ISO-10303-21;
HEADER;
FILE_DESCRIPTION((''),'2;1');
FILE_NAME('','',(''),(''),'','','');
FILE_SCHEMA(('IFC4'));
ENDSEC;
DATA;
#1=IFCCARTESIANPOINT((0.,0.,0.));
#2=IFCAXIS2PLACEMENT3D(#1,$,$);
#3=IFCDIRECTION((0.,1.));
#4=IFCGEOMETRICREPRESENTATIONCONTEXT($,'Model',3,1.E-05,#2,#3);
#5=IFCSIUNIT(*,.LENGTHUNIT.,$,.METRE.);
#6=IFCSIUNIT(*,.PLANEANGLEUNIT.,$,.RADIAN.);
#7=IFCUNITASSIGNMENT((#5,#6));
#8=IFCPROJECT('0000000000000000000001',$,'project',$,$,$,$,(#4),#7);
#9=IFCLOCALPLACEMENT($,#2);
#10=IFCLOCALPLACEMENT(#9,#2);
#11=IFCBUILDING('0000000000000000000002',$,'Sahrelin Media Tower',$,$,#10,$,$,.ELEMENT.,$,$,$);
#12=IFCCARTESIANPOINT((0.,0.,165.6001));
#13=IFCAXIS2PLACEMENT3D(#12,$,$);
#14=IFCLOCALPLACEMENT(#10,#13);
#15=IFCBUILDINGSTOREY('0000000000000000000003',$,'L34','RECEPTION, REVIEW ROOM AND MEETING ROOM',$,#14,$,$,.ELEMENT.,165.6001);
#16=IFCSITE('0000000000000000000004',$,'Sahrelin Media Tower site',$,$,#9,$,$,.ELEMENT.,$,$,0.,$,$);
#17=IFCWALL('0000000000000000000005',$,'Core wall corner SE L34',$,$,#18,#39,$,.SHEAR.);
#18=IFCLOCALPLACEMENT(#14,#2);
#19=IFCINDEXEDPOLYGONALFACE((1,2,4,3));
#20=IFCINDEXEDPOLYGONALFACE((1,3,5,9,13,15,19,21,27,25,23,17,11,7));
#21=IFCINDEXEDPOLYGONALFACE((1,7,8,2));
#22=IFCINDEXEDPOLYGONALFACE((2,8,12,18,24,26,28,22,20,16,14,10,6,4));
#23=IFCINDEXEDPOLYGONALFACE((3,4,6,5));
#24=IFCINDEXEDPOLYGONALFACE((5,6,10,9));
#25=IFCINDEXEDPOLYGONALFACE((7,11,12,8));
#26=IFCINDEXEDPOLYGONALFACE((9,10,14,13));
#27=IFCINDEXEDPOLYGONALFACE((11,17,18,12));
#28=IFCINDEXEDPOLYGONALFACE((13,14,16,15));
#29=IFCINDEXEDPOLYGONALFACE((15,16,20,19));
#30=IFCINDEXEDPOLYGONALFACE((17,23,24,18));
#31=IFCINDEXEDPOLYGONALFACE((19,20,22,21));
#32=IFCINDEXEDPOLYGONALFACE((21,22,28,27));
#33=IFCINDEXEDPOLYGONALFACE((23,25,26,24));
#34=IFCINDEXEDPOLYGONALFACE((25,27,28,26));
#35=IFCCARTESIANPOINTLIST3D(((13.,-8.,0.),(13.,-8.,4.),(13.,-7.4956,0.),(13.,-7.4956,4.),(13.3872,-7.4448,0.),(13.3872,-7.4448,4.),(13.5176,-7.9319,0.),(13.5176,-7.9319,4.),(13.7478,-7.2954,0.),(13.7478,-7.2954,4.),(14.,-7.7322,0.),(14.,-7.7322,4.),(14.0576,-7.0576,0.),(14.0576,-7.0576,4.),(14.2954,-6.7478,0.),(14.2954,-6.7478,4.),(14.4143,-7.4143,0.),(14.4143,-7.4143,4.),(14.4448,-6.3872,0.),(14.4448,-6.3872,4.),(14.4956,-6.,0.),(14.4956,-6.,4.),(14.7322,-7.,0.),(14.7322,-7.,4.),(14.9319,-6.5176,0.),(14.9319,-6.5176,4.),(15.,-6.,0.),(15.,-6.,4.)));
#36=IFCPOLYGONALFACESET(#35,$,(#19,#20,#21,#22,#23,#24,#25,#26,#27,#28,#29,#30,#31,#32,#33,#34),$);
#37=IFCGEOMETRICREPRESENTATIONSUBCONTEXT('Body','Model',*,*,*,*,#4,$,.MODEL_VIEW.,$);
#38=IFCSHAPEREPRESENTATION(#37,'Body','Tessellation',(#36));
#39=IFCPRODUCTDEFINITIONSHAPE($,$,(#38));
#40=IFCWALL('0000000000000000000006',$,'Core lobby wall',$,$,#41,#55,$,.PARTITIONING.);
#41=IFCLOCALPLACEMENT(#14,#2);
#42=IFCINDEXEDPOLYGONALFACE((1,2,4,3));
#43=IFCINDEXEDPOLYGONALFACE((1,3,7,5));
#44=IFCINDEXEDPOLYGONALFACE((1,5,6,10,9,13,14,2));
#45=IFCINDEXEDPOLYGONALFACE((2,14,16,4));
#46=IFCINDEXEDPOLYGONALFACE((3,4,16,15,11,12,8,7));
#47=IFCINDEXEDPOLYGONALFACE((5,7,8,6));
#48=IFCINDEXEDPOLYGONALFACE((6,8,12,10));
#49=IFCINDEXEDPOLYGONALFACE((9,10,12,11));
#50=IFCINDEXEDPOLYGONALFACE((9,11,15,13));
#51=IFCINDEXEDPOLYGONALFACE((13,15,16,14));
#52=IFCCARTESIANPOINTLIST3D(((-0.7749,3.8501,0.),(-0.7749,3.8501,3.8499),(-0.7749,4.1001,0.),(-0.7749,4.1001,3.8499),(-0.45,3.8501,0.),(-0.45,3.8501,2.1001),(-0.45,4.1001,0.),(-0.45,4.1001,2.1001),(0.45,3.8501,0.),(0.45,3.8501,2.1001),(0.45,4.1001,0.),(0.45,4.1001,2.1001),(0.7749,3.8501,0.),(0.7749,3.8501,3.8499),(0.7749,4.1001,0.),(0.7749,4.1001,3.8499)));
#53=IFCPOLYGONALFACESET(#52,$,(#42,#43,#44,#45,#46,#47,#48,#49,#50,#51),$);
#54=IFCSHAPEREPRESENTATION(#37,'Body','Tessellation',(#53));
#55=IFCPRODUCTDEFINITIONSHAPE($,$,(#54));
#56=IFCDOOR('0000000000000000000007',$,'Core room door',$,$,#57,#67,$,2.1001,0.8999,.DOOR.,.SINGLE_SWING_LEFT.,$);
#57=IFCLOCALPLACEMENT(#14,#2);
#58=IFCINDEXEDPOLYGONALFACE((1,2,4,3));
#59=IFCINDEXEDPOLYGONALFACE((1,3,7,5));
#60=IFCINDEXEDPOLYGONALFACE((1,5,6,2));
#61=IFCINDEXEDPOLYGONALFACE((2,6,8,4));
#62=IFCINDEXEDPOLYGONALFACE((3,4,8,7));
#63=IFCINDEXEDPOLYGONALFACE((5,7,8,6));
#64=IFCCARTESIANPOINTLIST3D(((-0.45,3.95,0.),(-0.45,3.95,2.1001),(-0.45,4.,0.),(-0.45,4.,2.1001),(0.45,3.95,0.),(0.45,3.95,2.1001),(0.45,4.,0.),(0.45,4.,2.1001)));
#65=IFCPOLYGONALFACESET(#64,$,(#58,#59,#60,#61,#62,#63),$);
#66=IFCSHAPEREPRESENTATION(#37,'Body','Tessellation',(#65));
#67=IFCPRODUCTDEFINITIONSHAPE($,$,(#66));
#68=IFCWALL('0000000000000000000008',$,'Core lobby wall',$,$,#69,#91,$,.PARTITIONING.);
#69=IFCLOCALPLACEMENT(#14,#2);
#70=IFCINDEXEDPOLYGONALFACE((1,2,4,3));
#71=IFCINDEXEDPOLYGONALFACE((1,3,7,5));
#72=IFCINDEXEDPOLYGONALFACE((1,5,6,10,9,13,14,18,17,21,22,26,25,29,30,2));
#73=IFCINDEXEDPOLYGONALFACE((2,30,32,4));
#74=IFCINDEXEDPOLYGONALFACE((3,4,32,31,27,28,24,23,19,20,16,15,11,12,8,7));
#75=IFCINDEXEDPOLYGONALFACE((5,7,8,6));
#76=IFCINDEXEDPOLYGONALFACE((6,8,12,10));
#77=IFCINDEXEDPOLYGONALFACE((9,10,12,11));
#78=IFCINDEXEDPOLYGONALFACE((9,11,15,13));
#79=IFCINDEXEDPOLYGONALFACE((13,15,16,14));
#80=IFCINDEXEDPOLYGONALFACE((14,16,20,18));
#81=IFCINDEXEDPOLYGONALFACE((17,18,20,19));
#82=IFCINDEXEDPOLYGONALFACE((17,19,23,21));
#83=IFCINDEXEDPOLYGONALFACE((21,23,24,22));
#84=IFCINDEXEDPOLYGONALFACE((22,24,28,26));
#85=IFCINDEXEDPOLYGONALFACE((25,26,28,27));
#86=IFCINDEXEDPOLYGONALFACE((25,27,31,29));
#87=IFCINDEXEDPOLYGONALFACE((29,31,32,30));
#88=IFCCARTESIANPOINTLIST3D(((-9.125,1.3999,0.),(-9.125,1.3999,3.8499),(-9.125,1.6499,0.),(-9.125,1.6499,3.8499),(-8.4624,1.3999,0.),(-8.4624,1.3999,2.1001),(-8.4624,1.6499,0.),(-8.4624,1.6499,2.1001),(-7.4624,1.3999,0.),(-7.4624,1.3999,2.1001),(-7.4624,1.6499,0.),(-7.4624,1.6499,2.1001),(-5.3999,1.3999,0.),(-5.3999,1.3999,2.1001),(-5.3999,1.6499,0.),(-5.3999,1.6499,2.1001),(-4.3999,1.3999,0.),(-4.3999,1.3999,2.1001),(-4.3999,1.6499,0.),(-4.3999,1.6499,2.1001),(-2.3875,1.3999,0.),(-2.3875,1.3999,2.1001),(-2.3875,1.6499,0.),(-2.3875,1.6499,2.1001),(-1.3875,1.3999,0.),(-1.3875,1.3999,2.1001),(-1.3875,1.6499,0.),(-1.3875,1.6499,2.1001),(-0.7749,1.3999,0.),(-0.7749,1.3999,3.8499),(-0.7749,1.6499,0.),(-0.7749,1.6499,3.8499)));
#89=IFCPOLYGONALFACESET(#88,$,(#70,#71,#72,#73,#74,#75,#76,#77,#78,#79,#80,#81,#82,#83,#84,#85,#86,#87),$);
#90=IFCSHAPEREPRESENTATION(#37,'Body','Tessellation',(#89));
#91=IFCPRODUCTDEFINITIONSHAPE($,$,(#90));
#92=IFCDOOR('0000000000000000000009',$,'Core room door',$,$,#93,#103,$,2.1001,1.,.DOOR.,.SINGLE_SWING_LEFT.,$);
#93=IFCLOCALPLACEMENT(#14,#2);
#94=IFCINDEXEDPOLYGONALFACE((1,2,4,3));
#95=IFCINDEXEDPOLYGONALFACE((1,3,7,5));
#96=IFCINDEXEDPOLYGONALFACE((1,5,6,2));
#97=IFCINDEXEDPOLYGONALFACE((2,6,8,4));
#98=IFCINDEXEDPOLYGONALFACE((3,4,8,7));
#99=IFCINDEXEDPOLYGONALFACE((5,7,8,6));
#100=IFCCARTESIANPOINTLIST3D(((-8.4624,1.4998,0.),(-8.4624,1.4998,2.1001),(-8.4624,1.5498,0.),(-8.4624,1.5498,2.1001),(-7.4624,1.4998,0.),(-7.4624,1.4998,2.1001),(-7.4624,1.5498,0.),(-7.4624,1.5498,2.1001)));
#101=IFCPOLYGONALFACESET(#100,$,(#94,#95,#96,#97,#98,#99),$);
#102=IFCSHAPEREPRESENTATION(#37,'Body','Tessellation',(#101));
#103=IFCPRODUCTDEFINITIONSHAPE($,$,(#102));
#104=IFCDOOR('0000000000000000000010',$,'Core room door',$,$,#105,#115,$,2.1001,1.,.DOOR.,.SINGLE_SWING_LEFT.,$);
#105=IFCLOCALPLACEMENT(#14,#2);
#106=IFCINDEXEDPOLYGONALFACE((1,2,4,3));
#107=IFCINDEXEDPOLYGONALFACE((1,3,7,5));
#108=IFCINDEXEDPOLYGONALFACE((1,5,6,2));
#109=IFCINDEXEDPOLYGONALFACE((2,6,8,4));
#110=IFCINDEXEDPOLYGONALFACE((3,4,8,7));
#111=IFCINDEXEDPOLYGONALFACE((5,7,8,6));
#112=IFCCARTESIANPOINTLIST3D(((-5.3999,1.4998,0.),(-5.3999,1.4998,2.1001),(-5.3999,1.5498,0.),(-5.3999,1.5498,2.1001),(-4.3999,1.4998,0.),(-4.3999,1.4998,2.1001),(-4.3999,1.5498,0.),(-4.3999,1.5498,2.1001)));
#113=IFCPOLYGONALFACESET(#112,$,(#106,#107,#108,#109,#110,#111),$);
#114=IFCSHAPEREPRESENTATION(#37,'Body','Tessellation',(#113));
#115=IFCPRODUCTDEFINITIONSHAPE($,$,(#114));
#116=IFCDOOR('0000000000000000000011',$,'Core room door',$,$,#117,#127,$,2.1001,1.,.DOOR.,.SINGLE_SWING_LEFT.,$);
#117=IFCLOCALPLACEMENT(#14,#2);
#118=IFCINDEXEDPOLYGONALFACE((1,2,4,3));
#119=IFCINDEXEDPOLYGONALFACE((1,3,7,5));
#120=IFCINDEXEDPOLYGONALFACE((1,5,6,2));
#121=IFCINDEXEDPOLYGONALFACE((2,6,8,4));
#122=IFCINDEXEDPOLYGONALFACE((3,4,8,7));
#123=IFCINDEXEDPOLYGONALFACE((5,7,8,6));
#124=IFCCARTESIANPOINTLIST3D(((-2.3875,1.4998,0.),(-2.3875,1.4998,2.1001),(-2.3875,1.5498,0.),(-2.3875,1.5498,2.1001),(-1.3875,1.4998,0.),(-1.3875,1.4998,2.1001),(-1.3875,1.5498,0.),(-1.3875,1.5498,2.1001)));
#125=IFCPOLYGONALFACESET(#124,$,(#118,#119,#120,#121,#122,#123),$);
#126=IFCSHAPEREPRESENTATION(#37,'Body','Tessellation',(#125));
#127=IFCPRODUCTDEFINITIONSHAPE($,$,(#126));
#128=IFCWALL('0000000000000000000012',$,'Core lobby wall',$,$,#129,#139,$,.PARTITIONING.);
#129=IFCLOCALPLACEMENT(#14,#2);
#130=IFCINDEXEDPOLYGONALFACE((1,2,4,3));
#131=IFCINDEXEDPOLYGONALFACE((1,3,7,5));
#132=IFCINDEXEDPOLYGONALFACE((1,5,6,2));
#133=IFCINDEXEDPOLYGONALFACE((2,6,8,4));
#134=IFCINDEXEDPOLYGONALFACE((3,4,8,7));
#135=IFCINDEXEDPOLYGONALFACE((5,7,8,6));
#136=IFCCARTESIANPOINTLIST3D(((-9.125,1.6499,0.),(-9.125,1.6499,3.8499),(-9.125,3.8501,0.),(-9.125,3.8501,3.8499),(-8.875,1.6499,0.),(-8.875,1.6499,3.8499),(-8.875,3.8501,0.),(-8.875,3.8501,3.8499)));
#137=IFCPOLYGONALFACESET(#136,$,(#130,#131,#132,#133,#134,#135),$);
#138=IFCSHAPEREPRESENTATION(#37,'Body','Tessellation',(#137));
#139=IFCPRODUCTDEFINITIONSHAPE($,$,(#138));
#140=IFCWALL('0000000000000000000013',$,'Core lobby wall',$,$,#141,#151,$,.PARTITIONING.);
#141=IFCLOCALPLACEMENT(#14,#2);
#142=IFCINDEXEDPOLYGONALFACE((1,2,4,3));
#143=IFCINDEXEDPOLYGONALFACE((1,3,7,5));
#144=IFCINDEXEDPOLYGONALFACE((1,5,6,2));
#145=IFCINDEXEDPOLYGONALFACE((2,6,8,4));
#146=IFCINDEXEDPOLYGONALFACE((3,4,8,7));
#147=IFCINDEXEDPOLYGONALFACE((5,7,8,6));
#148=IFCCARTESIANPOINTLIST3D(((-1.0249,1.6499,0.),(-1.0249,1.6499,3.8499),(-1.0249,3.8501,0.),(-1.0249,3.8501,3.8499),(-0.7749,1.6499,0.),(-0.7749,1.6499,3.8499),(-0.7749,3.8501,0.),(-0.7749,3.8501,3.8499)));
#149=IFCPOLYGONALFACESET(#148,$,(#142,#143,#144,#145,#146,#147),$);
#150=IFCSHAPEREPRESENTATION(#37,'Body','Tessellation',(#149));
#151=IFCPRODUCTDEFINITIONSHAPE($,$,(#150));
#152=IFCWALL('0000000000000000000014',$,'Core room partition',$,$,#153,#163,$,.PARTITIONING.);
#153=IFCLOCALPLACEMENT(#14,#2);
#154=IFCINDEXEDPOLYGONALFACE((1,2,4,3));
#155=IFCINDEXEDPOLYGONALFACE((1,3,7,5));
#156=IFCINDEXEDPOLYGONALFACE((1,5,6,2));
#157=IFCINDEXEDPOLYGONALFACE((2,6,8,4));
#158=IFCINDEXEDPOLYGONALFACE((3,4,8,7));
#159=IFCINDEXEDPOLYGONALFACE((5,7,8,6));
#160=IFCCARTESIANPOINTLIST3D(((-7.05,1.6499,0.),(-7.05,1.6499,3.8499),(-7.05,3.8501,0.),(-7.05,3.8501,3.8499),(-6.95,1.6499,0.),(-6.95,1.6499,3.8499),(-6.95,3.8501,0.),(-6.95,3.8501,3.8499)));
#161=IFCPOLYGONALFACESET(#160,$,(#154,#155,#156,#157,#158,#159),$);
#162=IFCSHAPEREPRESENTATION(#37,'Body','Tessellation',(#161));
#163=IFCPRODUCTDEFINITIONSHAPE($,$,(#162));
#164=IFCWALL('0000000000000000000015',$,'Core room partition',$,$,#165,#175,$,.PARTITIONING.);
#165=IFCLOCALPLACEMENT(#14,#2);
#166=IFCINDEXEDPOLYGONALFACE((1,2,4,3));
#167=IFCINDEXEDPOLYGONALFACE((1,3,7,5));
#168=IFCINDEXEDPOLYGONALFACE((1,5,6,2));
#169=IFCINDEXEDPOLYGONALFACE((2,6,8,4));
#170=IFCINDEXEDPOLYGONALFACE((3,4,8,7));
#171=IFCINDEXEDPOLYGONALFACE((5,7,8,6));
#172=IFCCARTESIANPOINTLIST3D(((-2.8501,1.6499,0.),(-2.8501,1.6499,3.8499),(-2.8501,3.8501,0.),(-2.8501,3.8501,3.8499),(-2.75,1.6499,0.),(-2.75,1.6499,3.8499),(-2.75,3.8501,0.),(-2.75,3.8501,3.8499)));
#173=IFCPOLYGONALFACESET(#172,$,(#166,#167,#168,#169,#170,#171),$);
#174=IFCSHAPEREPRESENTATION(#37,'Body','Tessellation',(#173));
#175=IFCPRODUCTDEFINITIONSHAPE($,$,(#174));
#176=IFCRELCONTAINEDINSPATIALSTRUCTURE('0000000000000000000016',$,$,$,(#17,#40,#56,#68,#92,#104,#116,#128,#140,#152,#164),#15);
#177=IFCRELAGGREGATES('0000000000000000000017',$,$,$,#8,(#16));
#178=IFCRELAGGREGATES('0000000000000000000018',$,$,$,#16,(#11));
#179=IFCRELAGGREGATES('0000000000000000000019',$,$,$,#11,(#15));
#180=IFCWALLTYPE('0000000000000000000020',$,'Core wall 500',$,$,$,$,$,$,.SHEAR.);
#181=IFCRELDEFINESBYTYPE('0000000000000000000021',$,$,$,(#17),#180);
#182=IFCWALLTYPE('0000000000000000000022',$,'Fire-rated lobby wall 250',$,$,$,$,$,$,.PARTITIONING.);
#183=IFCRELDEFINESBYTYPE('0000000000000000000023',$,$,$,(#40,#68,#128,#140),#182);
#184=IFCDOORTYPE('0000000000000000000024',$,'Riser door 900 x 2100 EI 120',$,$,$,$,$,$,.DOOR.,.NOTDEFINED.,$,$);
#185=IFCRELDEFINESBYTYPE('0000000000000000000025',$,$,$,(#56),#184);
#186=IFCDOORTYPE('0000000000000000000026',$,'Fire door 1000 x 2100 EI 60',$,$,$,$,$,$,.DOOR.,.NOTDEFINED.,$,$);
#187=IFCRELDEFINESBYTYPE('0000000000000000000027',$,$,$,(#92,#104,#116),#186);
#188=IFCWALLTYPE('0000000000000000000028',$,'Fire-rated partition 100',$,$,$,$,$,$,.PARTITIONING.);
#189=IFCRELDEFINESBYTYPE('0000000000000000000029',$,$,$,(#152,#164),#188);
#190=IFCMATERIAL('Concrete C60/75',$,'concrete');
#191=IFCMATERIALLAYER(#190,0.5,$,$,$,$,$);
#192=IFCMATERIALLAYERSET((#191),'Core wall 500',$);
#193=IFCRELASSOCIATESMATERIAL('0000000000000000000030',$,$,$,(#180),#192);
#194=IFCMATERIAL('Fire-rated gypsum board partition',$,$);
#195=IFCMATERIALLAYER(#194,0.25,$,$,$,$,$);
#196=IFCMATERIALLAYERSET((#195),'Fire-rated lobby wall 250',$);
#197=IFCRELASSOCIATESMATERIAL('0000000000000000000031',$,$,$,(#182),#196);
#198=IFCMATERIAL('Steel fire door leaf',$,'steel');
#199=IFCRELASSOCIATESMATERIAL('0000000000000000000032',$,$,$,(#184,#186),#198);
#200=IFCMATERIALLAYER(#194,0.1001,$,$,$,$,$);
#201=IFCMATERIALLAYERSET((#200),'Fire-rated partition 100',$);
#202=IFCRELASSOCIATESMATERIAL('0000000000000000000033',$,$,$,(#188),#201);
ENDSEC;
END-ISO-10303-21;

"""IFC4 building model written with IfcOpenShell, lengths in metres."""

from ifc_helpers import new_model, si_unit, direction, frame, frame_2d, origin, place, context, subcontext, project, spatial, polyline, rectangle, outline, extrude, material, layer, layer_set, type_object, element, fill, save


model = new_model("IFC4")

# Units and contexts
model_context = context("Model", 3, precision=1e-05, world=origin(), true_north=direction((0.0, 1.0)))
body_context = subcontext(model_context, "Body", "Model", "MODEL_VIEW")
ifc_project = project(units=[si_unit("LENGTHUNIT", "METRE"), si_unit("PLANEANGLEUNIT", "RADIAN")], contexts=[model_context])

# Site, building, storey
site_placement = place(None, origin())
site = spatial("IfcSite", under=ifc_project, at=site_placement, Name="Sahrelin Media Tower site", CompositionType="ELEMENT", RefElevation=0.0)
building_placement = place(site_placement, origin())
building = spatial("IfcBuilding", under=site, at=building_placement, Name="Sahrelin Media Tower", CompositionType="ELEMENT")
storey_placement = place(building_placement, frame((0.0, 0.0, 165.6001)))
storey = spatial("IfcBuildingStorey", under=building, at=storey_placement, Name="L34", Description="RECEPTION, REVIEW ROOM AND MEETING ROOM", CompositionType="ELEMENT", Elevation=165.6001)

# Wall
ifc_material_1 = material(Name="Concrete C60/75", Category="concrete")
ifc_layer_1 = layer(ifc_material_1, 0.5)
ifc_layer_set_1 = layer_set([ifc_layer_1], Name="Core wall 500")
wall_type_1 = type_object("IfcWallType", Name="Core wall 500", PredefinedType="SHEAR", material=ifc_layer_set_1)
placement = place(storey_placement, origin())
element("IfcWall", 1, at=placement, inside=storey, type_object=wall_type_1, Name="Core wall corner SE L34", PredefinedType="SHEAR", context=body_context, shape_type="SweptSolid", body=[
    extrude(outline(polyline([(15.0, -6.0), (14.4956, -6.0), (14.4448, -6.3872), (14.2954, -6.7478), (14.0576, -7.0576), (13.7478, -7.2954), (13.3872, -7.4448), (13.0, -7.4956), (13.0, -8.0), (13.5176, -7.9319), (14.0, -7.7322), (14.4143, -7.4143), (14.7322, -7.0), (14.9319, -6.5176), (15.0, -6.0)])), origin(), (0.0, 0.0, 1.0), 4.0),
])

# Wall, opening, door
ifc_material_2 = material(Name="Fire-rated gypsum board partition")
ifc_layer_2 = layer(ifc_material_2, 0.25)
ifc_layer_set_2 = layer_set([ifc_layer_2], Name="Fire-rated lobby wall 250")
wall_type_2 = type_object("IfcWallType", Name="Fire-rated lobby wall 250", PredefinedType="PARTITIONING", material=ifc_layer_set_2)
wall_1_placement = place(storey_placement, frame((-0.7749, 3.9751, 0.0), z_axis=(0.0, 0.0, 1.0), x_axis=(1.0, 0.0, 0.0)))
wall_1 = element("IfcWall", 2, at=wall_1_placement, inside=storey, type_object=wall_type_2, Name="Core lobby wall", PredefinedType="PARTITIONING", context=body_context, shape_type="SweptSolid", body=[
    extrude(rectangle(XDim=1.5498, YDim=0.25, at=frame_2d((0.7749, 0.0))), origin(), (0.0, 0.0, 1.0), 3.8499),
])
opening_1_placement = place(wall_1_placement, frame((0.325, 0.0, 0.0)))
opening_1 = element("IfcOpeningElement", 3, at=opening_1_placement, cuts=wall_1, PredefinedType="OPENING", context=body_context, shape_type="SweptSolid", body=[
    extrude(rectangle(XDim=0.8999, YDim=2.1001, at=frame_2d((0.45, 1.05))), frame((0.0, 0.125, 0.0), z_axis=(0.0, -1.0, 0.0), x_axis=(1.0, 0.0, 0.0)), (0.0, 0.0, 1.0), 0.25),
])
ifc_material_3 = material(Name="Steel fire door leaf", Category="steel")
door_type_1 = type_object("IfcDoorType", Name="Riser door 900 x 2100 EI 120", OperationType="NOTDEFINED", PredefinedType="DOOR", material=ifc_material_3)
door_1_placement = place(opening_1_placement, origin())
door_1 = element("IfcDoor", 4, at=door_1_placement, inside=storey, type_object=door_type_1, Name="Core room door", OperationType="SINGLE_SWING_LEFT", OverallHeight=2.1001, OverallWidth=0.8999, PredefinedType="DOOR", context=body_context, shape_type="SweptSolid", body=[
    extrude(rectangle(XDim=0.8999, YDim=2.1001, at=frame_2d((0.45, 1.05))), frame((0.0, 0.0249, 0.0), z_axis=(0.0, -1.0, 0.0), x_axis=(1.0, 0.0, 0.0)), (0.0, 0.0, 1.0), 0.05),
])
fill(opening_1, door_1)

# Wall, openings, doors
wall_2_placement = place(storey_placement, frame((-9.125, 1.5249, 0.0), z_axis=(0.0, 0.0, 1.0), x_axis=(1.0, 0.0, 0.0)))
wall_2 = element("IfcWall", 5, at=wall_2_placement, inside=storey, type_object=wall_type_2, Name="Core lobby wall", PredefinedType="PARTITIONING", context=body_context, shape_type="SweptSolid", body=[
    extrude(rectangle(XDim=8.3501, YDim=0.25, at=frame_2d((4.175, 0.0))), origin(), (0.0, 0.0, 1.0), 3.8499),
])
opening_2_placement = place(wall_2_placement, frame((0.6626, 0.0, 0.0)))
opening_2 = element("IfcOpeningElement", 6, at=opening_2_placement, cuts=wall_2, PredefinedType="OPENING", context=body_context, shape_type="SweptSolid", body=[
    extrude(rectangle(XDim=1.0, YDim=2.1001, at=frame_2d((0.5, 1.05))), frame((0.0, 0.125, 0.0), z_axis=(0.0, -1.0, 0.0), x_axis=(1.0, 0.0, 0.0)), (0.0, 0.0, 1.0), 0.25),
])
opening_3_placement = place(wall_2_placement, frame((3.7251, 0.0, 0.0)))
opening_3 = element("IfcOpeningElement", 7, at=opening_3_placement, cuts=wall_2, PredefinedType="OPENING", context=body_context, shape_type="SweptSolid", body=[
    extrude(rectangle(XDim=1.0, YDim=2.1001, at=frame_2d((0.5, 1.05))), frame((0.0, 0.125, 0.0), z_axis=(0.0, -1.0, 0.0), x_axis=(1.0, 0.0, 0.0)), (0.0, 0.0, 1.0), 0.25),
])
opening_4_placement = place(wall_2_placement, frame((6.7375, 0.0, 0.0)))
opening_4 = element("IfcOpeningElement", 8, at=opening_4_placement, cuts=wall_2, PredefinedType="OPENING", context=body_context, shape_type="SweptSolid", body=[
    extrude(rectangle(XDim=1.0, YDim=2.1001, at=frame_2d((0.5, 1.05))), frame((0.0, 0.125, 0.0), z_axis=(0.0, -1.0, 0.0), x_axis=(1.0, 0.0, 0.0)), (0.0, 0.0, 1.0), 0.25),
])
door_type_2 = type_object("IfcDoorType", Name="Fire door 1000 x 2100 EI 60", OperationType="NOTDEFINED", PredefinedType="DOOR", material=ifc_material_3)
door_2_placement = place(opening_2_placement, origin())
door_2 = element("IfcDoor", 9, at=door_2_placement, inside=storey, type_object=door_type_2, Name="Core room door", OperationType="SINGLE_SWING_LEFT", OverallHeight=2.1001, OverallWidth=1.0, PredefinedType="DOOR", context=body_context, shape_type="SweptSolid", body=[
    extrude(rectangle(XDim=1.0, YDim=2.1001, at=frame_2d((0.5, 1.05))), frame((0.0, 0.0249, 0.0), z_axis=(0.0, -1.0, 0.0), x_axis=(1.0, 0.0, 0.0)), (0.0, 0.0, 1.0), 0.05),
])
fill(opening_2, door_2)
door_3_placement = place(opening_3_placement, origin())
door_3 = element("IfcDoor", 10, at=door_3_placement, inside=storey, type_object=door_type_2, Name="Core room door", OperationType="SINGLE_SWING_LEFT", OverallHeight=2.1001, OverallWidth=1.0, PredefinedType="DOOR", context=body_context, shape_type="SweptSolid", body=[
    extrude(rectangle(XDim=1.0, YDim=2.1001, at=frame_2d((0.5, 1.05))), frame((0.0, 0.0249, 0.0), z_axis=(0.0, -1.0, 0.0), x_axis=(1.0, 0.0, 0.0)), (0.0, 0.0, 1.0), 0.05),
])
fill(opening_3, door_3)
door_4_placement = place(opening_4_placement, origin())
door_4 = element("IfcDoor", 11, at=door_4_placement, inside=storey, type_object=door_type_2, Name="Core room door", OperationType="SINGLE_SWING_LEFT", OverallHeight=2.1001, OverallWidth=1.0, PredefinedType="DOOR", context=body_context, shape_type="SweptSolid", body=[
    extrude(rectangle(XDim=1.0, YDim=2.1001, at=frame_2d((0.5, 1.05))), frame((0.0, 0.0249, 0.0), z_axis=(0.0, -1.0, 0.0), x_axis=(1.0, 0.0, 0.0)), (0.0, 0.0, 1.0), 0.05),
])
fill(opening_4, door_4)

# Walls
for number, where, z_axis, x_axis, name in (
    (12, (-9.0, 1.6499, 0.0), (0.0, 0.0, 1.0), (0.0, 1.0, 0.0), "Core lobby wall"),
    (13, (-0.8999, 1.6499, 0.0), (0.0, 0.0, 1.0), (0.0, 1.0, 0.0), "Core lobby wall"),
):
    element("IfcWall", number, at=place(storey_placement, frame(where, z_axis=z_axis, x_axis=x_axis)), inside=storey, type_object=wall_type_2, Name=name, PredefinedType="PARTITIONING", context=body_context, shape_type="SweptSolid", body=[
        extrude(rectangle(XDim=2.2002, YDim=0.25, at=frame_2d((1.1001, 0.0))), origin(), (0.0, 0.0, 1.0), 3.8499),
    ])
ifc_layer_3 = layer(ifc_material_2, 0.1001)
ifc_layer_set_3 = layer_set([ifc_layer_3], Name="Fire-rated partition 100")
wall_type_3 = type_object("IfcWallType", Name="Fire-rated partition 100", PredefinedType="PARTITIONING", material=ifc_layer_set_3)
for number, where, z_axis, x_axis, name in (
    (14, (-7.0, 1.6499, 0.0), (0.0, 0.0, 1.0), (0.0, 1.0, 0.0), "Core room partition"),
    (15, (-2.8, 1.6499, 0.0), (0.0, 0.0, 1.0), (0.0, 1.0, 0.0), "Core room partition"),
):
    element("IfcWall", number, at=place(storey_placement, frame(where, z_axis=z_axis, x_axis=x_axis)), inside=storey, type_object=wall_type_3, Name=name, PredefinedType="PARTITIONING", context=body_context, shape_type="SweptSolid", body=[
        extrude(rectangle(XDim=2.2002, YDim=0.1001, at=frame_2d((1.1001, 0.0))), origin(), (0.0, 0.0, 1.0), 3.8499),
    ])

save(model, "model.ifc")
